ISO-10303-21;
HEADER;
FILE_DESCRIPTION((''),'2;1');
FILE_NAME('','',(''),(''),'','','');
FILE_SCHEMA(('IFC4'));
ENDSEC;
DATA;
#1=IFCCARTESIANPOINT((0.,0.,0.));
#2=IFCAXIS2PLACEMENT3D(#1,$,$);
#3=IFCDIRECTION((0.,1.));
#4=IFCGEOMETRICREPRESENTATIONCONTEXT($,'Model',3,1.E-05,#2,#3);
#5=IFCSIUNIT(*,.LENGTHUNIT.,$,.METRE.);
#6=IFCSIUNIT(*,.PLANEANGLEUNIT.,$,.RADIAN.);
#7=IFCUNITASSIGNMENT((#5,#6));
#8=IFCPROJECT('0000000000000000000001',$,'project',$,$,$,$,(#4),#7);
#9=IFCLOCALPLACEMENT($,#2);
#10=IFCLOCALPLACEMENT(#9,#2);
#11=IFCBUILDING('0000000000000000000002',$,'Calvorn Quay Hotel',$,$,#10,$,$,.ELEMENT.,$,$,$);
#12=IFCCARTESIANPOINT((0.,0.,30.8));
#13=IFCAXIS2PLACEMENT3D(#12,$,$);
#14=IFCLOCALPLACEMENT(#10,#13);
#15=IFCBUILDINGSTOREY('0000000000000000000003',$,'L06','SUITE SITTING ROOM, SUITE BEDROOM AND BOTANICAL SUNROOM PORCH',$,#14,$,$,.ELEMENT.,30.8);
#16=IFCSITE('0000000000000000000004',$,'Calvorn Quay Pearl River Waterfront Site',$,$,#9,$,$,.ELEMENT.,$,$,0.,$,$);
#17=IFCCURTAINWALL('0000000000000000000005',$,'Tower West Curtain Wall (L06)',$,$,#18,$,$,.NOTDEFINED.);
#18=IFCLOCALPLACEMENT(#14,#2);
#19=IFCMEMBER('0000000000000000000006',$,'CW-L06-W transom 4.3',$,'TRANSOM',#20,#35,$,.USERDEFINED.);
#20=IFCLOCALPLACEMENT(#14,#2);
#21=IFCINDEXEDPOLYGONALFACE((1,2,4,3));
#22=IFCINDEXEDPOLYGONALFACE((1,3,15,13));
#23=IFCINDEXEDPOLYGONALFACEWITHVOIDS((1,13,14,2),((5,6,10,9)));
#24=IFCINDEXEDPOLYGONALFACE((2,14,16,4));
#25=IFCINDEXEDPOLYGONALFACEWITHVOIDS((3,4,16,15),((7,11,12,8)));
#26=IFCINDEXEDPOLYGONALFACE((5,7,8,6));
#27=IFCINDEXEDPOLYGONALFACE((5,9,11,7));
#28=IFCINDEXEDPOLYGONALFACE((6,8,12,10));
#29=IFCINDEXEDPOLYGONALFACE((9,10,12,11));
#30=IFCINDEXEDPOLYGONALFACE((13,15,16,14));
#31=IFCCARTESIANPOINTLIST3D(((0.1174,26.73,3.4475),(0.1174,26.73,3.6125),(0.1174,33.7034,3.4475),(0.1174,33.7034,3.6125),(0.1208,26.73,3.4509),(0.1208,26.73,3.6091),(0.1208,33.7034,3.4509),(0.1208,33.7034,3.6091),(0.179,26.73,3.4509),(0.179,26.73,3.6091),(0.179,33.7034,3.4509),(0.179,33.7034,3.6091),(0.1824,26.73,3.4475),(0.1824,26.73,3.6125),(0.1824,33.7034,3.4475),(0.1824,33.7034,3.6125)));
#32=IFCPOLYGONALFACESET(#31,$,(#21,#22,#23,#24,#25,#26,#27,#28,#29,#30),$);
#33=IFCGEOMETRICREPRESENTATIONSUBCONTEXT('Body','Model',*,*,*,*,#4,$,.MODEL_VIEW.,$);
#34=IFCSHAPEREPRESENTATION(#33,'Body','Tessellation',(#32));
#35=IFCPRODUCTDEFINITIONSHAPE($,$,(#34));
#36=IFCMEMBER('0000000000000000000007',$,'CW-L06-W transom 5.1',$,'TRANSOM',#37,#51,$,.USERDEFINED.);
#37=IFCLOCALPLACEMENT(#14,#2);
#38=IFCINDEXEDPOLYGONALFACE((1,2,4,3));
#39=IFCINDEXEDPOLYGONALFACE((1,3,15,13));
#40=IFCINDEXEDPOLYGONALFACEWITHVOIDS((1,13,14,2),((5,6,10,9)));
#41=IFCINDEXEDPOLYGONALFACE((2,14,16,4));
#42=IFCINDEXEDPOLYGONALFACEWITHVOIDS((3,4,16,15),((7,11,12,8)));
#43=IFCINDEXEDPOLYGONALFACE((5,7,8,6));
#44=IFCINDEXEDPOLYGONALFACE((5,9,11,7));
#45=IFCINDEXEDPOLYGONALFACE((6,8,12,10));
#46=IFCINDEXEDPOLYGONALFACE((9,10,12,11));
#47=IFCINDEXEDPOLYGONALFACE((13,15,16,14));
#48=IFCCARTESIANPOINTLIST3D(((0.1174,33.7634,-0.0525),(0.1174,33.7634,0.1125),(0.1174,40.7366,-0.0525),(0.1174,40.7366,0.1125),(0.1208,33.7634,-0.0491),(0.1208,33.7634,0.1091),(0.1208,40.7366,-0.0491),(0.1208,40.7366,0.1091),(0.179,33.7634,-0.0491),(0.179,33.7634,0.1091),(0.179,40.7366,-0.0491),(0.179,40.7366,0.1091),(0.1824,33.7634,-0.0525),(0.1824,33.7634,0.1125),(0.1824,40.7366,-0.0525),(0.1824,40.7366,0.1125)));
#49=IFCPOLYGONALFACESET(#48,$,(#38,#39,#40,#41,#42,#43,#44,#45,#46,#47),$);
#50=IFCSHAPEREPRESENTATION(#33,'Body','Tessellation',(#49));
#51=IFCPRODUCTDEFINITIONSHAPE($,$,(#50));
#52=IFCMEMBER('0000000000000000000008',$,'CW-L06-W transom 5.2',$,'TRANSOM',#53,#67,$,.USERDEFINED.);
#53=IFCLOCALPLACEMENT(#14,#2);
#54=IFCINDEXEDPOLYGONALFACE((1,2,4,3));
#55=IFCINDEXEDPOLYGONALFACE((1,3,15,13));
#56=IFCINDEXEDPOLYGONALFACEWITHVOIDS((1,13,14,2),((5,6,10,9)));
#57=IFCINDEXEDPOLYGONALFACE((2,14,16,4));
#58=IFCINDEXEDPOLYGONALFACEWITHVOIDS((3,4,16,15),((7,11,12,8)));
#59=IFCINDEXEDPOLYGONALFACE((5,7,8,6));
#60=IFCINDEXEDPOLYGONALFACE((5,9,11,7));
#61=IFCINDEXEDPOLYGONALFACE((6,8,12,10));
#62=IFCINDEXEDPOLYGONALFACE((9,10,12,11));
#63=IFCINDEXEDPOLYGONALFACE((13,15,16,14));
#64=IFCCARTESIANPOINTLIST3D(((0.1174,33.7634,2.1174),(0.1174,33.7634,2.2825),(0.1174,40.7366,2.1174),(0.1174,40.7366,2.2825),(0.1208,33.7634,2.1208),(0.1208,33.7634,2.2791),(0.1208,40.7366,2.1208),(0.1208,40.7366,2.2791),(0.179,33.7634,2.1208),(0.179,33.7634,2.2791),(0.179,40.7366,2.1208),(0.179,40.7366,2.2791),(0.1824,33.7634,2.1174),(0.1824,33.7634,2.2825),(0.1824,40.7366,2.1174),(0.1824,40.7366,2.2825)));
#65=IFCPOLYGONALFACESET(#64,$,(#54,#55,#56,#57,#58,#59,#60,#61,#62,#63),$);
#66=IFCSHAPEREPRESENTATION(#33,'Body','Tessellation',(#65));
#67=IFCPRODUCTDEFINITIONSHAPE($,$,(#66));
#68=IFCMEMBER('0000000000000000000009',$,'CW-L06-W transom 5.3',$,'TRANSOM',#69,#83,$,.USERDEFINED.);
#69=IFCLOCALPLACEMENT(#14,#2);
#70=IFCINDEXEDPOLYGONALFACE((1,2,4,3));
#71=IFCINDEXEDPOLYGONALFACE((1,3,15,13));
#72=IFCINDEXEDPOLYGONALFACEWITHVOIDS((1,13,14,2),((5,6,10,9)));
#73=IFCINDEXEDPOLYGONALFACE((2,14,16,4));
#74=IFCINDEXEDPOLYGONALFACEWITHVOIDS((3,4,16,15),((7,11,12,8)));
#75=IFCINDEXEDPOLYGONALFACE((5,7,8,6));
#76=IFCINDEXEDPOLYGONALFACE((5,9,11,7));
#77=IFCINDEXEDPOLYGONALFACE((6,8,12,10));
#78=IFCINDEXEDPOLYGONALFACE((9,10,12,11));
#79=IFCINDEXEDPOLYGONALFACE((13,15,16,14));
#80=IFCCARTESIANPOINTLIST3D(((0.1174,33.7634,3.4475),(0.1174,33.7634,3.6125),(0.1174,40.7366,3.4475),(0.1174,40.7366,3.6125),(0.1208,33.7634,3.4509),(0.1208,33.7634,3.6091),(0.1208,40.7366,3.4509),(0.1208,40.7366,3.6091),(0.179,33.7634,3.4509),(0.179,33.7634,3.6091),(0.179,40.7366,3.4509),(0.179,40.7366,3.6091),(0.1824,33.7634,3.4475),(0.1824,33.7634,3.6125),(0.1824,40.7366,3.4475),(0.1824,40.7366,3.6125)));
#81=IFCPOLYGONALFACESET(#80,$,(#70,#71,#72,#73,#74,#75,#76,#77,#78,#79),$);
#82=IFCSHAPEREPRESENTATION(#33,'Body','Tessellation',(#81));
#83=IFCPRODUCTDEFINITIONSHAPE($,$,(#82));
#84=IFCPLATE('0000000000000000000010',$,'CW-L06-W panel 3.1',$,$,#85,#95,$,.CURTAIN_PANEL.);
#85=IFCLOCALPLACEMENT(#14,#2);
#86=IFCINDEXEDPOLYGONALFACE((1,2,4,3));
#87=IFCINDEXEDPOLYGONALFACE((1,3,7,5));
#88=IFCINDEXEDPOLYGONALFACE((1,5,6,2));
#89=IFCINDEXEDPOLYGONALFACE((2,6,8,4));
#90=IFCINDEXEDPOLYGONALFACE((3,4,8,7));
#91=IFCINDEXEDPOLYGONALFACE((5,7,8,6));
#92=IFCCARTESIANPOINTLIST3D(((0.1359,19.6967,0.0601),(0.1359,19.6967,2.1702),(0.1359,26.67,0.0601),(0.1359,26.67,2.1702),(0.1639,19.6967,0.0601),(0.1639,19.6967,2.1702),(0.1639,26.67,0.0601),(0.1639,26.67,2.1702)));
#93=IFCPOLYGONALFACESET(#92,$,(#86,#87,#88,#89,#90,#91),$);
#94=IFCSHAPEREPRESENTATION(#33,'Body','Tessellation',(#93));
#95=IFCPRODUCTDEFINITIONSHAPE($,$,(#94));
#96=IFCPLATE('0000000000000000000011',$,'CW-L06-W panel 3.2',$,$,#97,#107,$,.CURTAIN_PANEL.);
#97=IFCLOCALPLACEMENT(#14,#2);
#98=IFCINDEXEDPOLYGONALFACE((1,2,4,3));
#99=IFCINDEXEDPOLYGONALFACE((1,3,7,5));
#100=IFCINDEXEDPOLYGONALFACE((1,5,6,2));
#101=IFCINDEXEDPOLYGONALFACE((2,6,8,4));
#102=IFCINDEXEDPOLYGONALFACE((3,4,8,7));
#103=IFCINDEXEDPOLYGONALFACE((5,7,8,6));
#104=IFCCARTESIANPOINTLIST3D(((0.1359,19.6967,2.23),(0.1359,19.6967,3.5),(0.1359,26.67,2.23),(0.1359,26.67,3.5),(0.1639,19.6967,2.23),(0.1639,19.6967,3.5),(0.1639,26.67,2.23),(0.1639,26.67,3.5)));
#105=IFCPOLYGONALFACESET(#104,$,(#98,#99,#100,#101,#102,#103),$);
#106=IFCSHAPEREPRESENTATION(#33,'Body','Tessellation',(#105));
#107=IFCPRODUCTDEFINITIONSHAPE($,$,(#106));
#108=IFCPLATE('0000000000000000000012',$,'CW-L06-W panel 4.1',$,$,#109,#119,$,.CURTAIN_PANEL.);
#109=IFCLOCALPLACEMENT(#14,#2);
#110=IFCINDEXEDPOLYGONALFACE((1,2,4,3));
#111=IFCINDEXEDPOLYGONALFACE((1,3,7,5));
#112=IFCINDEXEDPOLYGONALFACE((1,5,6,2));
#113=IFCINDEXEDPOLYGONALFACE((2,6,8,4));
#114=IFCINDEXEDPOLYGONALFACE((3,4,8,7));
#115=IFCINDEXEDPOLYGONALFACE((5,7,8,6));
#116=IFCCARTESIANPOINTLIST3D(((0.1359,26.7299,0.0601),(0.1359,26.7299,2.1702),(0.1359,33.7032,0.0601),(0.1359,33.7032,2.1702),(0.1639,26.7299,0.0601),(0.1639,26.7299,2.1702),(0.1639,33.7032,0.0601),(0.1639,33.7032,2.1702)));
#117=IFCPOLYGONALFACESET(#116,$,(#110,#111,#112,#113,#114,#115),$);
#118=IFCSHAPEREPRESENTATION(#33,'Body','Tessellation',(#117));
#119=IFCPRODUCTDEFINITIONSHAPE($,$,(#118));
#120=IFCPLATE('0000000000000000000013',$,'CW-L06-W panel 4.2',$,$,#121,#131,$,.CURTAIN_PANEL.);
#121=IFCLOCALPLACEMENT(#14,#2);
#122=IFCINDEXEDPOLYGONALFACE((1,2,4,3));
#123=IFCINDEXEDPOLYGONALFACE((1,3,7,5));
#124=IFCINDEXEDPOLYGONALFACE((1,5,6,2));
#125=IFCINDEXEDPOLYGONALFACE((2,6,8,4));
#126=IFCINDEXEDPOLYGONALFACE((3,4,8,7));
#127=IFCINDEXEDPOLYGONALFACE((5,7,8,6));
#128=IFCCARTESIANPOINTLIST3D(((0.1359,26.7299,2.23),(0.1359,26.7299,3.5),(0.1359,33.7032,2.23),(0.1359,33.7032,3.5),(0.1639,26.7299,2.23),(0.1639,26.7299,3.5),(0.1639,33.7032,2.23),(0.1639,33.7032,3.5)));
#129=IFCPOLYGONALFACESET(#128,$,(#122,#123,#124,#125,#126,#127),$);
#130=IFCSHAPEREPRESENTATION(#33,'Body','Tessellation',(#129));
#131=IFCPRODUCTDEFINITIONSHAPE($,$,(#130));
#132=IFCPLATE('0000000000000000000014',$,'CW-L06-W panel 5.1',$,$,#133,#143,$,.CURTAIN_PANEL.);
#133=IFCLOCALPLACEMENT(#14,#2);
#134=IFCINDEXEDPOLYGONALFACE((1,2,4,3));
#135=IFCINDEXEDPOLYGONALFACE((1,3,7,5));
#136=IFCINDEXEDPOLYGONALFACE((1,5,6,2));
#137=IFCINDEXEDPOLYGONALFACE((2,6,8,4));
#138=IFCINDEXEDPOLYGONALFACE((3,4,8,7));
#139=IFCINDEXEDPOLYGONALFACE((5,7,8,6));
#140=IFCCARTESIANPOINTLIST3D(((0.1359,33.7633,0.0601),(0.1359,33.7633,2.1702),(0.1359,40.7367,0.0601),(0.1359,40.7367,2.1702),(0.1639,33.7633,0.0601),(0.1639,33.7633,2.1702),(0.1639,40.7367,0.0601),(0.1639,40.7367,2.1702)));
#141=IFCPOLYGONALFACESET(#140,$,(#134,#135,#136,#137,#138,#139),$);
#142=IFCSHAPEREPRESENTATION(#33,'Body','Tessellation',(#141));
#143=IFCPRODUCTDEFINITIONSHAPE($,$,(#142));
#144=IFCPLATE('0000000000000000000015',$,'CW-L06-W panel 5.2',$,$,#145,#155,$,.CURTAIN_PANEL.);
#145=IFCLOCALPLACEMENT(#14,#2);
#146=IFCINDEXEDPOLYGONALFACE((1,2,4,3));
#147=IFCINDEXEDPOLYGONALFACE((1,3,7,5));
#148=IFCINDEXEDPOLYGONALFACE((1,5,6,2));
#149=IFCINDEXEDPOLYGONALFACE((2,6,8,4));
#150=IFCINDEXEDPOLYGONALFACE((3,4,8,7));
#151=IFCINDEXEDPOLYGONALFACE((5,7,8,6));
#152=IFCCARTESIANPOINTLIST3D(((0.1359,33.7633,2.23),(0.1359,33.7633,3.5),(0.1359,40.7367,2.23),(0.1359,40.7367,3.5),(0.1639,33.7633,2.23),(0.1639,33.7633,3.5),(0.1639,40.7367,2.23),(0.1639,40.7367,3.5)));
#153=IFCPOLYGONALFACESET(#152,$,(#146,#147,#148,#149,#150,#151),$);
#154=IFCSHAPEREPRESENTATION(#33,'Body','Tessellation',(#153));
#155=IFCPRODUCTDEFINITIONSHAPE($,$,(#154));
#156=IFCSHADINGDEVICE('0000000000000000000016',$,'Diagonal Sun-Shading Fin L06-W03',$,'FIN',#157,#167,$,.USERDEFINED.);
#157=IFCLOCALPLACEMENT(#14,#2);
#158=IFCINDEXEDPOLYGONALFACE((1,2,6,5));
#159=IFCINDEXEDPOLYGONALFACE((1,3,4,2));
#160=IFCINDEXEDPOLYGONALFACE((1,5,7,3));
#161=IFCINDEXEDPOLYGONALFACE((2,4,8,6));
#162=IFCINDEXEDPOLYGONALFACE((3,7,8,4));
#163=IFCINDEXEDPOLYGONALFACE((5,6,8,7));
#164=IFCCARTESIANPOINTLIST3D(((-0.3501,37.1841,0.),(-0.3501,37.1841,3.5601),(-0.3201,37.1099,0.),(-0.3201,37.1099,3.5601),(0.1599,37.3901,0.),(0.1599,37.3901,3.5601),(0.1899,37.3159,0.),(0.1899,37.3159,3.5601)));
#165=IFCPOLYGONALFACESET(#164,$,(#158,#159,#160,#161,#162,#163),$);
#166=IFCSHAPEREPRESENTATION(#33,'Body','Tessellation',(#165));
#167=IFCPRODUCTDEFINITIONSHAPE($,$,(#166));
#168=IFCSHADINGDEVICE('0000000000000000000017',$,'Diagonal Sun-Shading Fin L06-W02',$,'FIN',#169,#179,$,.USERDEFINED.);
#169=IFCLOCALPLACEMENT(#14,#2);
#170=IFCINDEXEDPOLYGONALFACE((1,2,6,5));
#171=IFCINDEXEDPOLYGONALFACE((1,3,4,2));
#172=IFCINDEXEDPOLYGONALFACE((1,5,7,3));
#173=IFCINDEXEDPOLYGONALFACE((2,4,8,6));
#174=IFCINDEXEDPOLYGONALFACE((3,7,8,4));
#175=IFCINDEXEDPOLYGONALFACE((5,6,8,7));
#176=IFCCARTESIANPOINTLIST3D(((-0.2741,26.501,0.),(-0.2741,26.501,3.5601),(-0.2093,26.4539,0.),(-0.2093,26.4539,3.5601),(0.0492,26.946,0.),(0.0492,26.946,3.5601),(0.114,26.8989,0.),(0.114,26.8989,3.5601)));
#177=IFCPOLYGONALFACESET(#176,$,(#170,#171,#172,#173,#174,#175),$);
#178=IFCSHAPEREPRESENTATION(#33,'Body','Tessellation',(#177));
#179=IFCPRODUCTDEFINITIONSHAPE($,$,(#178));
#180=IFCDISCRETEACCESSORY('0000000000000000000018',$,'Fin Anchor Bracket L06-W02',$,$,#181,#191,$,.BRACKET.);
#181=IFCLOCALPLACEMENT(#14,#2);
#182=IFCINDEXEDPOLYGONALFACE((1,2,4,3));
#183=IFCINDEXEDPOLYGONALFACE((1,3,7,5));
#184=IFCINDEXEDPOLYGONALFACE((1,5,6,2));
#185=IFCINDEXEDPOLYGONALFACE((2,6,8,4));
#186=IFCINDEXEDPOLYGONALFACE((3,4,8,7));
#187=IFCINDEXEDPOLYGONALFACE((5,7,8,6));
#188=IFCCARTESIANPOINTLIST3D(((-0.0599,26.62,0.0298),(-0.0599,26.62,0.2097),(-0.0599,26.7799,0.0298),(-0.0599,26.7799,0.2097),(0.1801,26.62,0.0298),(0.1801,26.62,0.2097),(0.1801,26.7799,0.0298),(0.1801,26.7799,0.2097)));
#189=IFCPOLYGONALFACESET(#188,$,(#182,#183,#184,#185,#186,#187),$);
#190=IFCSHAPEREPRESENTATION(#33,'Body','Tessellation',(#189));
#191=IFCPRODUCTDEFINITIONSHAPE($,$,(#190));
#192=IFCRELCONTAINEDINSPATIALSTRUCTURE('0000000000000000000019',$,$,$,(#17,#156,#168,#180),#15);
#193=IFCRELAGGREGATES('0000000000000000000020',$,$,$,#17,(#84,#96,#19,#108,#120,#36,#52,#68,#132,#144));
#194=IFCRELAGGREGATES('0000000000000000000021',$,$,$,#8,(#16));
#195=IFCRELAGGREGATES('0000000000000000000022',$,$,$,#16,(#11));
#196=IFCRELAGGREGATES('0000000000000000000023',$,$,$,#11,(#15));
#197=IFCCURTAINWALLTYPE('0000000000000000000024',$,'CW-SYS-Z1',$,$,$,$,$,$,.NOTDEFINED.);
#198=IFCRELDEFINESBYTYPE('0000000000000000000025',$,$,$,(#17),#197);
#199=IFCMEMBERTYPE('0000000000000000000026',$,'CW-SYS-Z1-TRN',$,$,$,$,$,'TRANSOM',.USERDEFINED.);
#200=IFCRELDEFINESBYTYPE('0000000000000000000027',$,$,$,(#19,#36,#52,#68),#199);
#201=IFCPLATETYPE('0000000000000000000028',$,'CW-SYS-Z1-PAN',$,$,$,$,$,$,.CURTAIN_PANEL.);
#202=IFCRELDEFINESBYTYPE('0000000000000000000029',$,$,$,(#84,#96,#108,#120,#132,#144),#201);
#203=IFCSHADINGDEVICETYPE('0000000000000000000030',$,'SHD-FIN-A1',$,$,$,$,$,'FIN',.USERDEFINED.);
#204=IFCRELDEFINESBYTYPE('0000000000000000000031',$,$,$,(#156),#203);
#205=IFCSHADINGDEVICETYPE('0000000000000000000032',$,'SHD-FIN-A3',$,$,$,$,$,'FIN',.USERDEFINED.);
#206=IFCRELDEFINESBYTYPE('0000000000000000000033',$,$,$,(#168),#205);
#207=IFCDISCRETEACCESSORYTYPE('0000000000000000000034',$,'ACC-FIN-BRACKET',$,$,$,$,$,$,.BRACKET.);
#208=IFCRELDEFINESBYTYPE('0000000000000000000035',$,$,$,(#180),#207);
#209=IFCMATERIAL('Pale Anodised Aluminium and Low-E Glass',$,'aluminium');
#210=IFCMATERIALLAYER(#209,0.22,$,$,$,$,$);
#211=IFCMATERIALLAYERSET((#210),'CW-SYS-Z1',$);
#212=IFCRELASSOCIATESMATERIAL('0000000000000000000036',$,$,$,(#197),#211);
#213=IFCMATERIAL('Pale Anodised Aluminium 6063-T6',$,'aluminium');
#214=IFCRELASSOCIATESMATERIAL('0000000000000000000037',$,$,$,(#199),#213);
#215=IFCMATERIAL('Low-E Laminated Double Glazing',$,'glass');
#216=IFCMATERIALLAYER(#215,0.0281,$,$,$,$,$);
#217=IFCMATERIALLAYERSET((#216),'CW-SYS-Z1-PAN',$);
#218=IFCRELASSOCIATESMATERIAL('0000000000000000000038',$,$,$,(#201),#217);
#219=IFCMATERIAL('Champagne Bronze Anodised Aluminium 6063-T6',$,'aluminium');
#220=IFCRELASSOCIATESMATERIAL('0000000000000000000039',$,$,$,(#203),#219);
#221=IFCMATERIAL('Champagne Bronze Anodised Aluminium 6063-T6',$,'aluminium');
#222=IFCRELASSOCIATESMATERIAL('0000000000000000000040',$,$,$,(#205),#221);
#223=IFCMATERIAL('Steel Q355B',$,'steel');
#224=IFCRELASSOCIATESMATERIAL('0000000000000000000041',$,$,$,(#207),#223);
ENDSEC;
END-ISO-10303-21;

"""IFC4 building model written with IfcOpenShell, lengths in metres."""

from ifc_helpers import new_model, si_unit, direction, frame, origin, origin_2d, place, context, subcontext, project, spatial, rectangle, hollow_rectangle, extrude, material, layer, layer_set, material_profile, profile_set, type_object, element, aggregate, save


model = new_model("IFC4")

# Units and contexts
model_context = context("Model", 3, precision=1e-05, world=origin(), true_north=direction((0.0, 1.0)))
body_context = subcontext(model_context, "Body", "Model", "MODEL_VIEW")
ifc_project = project(units=[si_unit("LENGTHUNIT", "METRE"), si_unit("PLANEANGLEUNIT", "RADIAN")], contexts=[model_context])

# Site, building, storey
site_placement = place(None, origin())
site = spatial("IfcSite", under=ifc_project, at=site_placement, Name="Calvorn Quay Pearl River Waterfront Site", CompositionType="ELEMENT", RefElevation=0.0)
building_placement = place(site_placement, origin())
building = spatial("IfcBuilding", under=site, at=building_placement, Name="Calvorn Quay Hotel", CompositionType="ELEMENT")
storey_placement = place(building_placement, frame((0.0, 0.0, 30.8)))
storey = spatial("IfcBuildingStorey", under=building, at=storey_placement, Name="L06", Description="SUITE SITTING ROOM, SUITE BEDROOM AND BOTANICAL SUNROOM PORCH", CompositionType="ELEMENT", Elevation=30.8)

# Curtain wall, members, plates
ifc_material_1 = material(Name="Pale Anodised Aluminium and Low-E Glass", Category="aluminium")
ifc_layer_1 = layer(ifc_material_1, 0.22)
ifc_layer_set_1 = layer_set([ifc_layer_1], Name="CW-SYS-Z1")
curtain_wall_type = type_object("IfcCurtainWallType", Name="CW-SYS-Z1", PredefinedType="NOTDEFINED", material=ifc_layer_set_1)
curtain_wall_placement = place(storey_placement, origin())
curtain_wall = element("IfcCurtainWall", 1, at=curtain_wall_placement, inside=storey, type_object=curtain_wall_type, Name="Tower West Curtain Wall (L06)", PredefinedType="NOTDEFINED")
ifc_material_2 = material(Name="Pale Anodised Aluminium 6063-T6", Category="aluminium")
ifc_material_profile_1 = material_profile(ifc_material_2, hollow_rectangle(XDim=0.0649, YDim=0.165, WallThickness=0.0034, at=origin_2d()), Name="ALU-T165x65x3.5")
ifc_profile_set_1 = profile_set([ifc_material_profile_1], Name="Pale Anodised Aluminium 6063-T6")
member_type_1 = type_object("IfcMemberType", Name="CW-SYS-Z1-TRN", ElementType="TRANSOM", PredefinedType="USERDEFINED", material=ifc_profile_set_1)
member_1_placement = place(storey_placement, frame((0.1499, 26.73, 3.53), z_axis=(0.0, 1.0, 0.0), x_axis=(-1.0, 0.0, 0.0)))
member_1 = element("IfcMember", 2, at=member_1_placement, type_object=member_type_1, Name="CW-L06-W transom 4.3", ObjectType="TRANSOM", PredefinedType="USERDEFINED", context=body_context, shape_type="SweptSolid", body=[
    extrude(hollow_rectangle(XDim=0.0649, YDim=0.165, WallThickness=0.0034, at=origin_2d()), origin(), (0.0, 0.0, 1.0), 6.9734),
])
member_2_placement = place(storey_placement, frame((0.1499, 33.7634, 0.03), z_axis=(0.0, 1.0, 0.0), x_axis=(-1.0, 0.0, 0.0)))
member_2 = element("IfcMember", 3, at=member_2_placement, type_object=member_type_1, Name="CW-L06-W transom 5.1", ObjectType="TRANSOM", PredefinedType="USERDEFINED", context=body_context, shape_type="SweptSolid", body=[
    extrude(hollow_rectangle(XDim=0.0649, YDim=0.165, WallThickness=0.0034, at=origin_2d()), origin(), (0.0, 0.0, 1.0), 6.9731),
])
member_3_placement = place(storey_placement, frame((0.1499, 33.7634, 2.2), z_axis=(0.0, 1.0, 0.0), x_axis=(-1.0, 0.0, 0.0)))
member_3 = element("IfcMember", 4, at=member_3_placement, type_object=member_type_1, Name="CW-L06-W transom 5.2", ObjectType="TRANSOM", PredefinedType="USERDEFINED", context=body_context, shape_type="SweptSolid", body=[
    extrude(hollow_rectangle(XDim=0.0649, YDim=0.165, WallThickness=0.0034, at=origin_2d()), origin(), (0.0, 0.0, 1.0), 6.9731),
])
member_4_placement = place(storey_placement, frame((0.1499, 33.7634, 3.53), z_axis=(0.0, 1.0, 0.0), x_axis=(-1.0, 0.0, 0.0)))
member_4 = element("IfcMember", 5, at=member_4_placement, type_object=member_type_1, Name="CW-L06-W transom 5.3", ObjectType="TRANSOM", PredefinedType="USERDEFINED", context=body_context, shape_type="SweptSolid", body=[
    extrude(hollow_rectangle(XDim=0.0649, YDim=0.165, WallThickness=0.0034, at=origin_2d()), origin(), (0.0, 0.0, 1.0), 6.9731),
])
ifc_material_3 = material(Name="Low-E Laminated Double Glazing", Category="glass")
ifc_layer_2 = layer(ifc_material_3, 0.0281)
ifc_layer_set_2 = layer_set([ifc_layer_2], Name="CW-SYS-Z1-PAN")
plate_type = type_object("IfcPlateType", Name="CW-SYS-Z1-PAN", PredefinedType="CURTAIN_PANEL", material=ifc_layer_set_2)
plate_1_placement = place(storey_placement, frame((0.1499, 23.1833, 0.0601), z_axis=(0.0, 0.0, 1.0), x_axis=(0.0, 1.0, 0.0)))
plate_1 = element("IfcPlate", 6, at=plate_1_placement, type_object=plate_type, Name="CW-L06-W panel 3.1", PredefinedType="CURTAIN_PANEL", context=body_context, shape_type="SweptSolid", body=[
    extrude(rectangle(XDim=6.9734, YDim=0.0281, at=origin_2d()), origin(), (0.0, 0.0, 1.0), 2.1101),
])
plate_2_placement = place(storey_placement, frame((0.1499, 23.1833, 2.23), z_axis=(0.0, 0.0, 1.0), x_axis=(0.0, 1.0, 0.0)))
plate_2 = element("IfcPlate", 7, at=plate_2_placement, type_object=plate_type, Name="CW-L06-W panel 3.2", PredefinedType="CURTAIN_PANEL", context=body_context, shape_type="SweptSolid", body=[
    extrude(rectangle(XDim=6.9734, YDim=0.0281, at=origin_2d()), origin(), (0.0, 0.0, 1.0), 1.27),
])
plate_3_placement = place(storey_placement, frame((0.1499, 30.2166, 0.0601), z_axis=(0.0, 0.0, 1.0), x_axis=(0.0, 1.0, 0.0)))
plate_3 = element("IfcPlate", 8, at=plate_3_placement, type_object=plate_type, Name="CW-L06-W panel 4.1", PredefinedType="CURTAIN_PANEL", context=body_context, shape_type="SweptSolid", body=[
    extrude(rectangle(XDim=6.9734, YDim=0.0281, at=origin_2d()), origin(), (0.0, 0.0, 1.0), 2.1101),
])
plate_4_placement = place(storey_placement, frame((0.1499, 30.2166, 2.23), z_axis=(0.0, 0.0, 1.0), x_axis=(0.0, 1.0, 0.0)))
plate_4 = element("IfcPlate", 9, at=plate_4_placement, type_object=plate_type, Name="CW-L06-W panel 4.2", PredefinedType="CURTAIN_PANEL", context=body_context, shape_type="SweptSolid", body=[
    extrude(rectangle(XDim=6.9734, YDim=0.0281, at=origin_2d()), origin(), (0.0, 0.0, 1.0), 1.27),
])
plate_5_placement = place(storey_placement, frame((0.1499, 37.25, 0.0601), z_axis=(0.0, 0.0, 1.0), x_axis=(0.0, 1.0, 0.0)))
plate_5 = element("IfcPlate", 10, at=plate_5_placement, type_object=plate_type, Name="CW-L06-W panel 5.1", PredefinedType="CURTAIN_PANEL", context=body_context, shape_type="SweptSolid", body=[
    extrude(rectangle(XDim=6.9734, YDim=0.0281, at=origin_2d()), origin(), (0.0, 0.0, 1.0), 2.1101),
])
plate_6_placement = place(storey_placement, frame((0.1499, 37.25, 2.23), z_axis=(0.0, 0.0, 1.0), x_axis=(0.0, 1.0, 0.0)))
plate_6 = element("IfcPlate", 11, at=plate_6_placement, type_object=plate_type, Name="CW-L06-W panel 5.2", PredefinedType="CURTAIN_PANEL", context=body_context, shape_type="SweptSolid", body=[
    extrude(rectangle(XDim=6.9734, YDim=0.0281, at=origin_2d()), origin(), (0.0, 0.0, 1.0), 1.27),
])
aggregate(curtain_wall, [plate_1, plate_2, member_1, plate_3, plate_4, member_2, member_3, member_4, plate_5, plate_6])

# Shading devices
ifc_material_4 = material(Name="Champagne Bronze Anodised Aluminium 6063-T6", Category="aluminium")
shading_device_type_1 = type_object("IfcShadingDeviceType", Name="SHD-FIN-A1", ElementType="FIN", PredefinedType="USERDEFINED", material=ifc_material_4)
shading_device_1_placement = place(storey_placement, frame((-0.0801, 37.25, 0.0), z_axis=(0.0, 0.0, 1.0), x_axis=(0.927184, 0.374607, 0.0)))
element("IfcShadingDevice", 12, at=shading_device_1_placement, inside=storey, type_object=shading_device_type_1, Name="Diagonal Sun-Shading Fin L06-W03", ObjectType="FIN", PredefinedType="USERDEFINED", context=body_context, shape_type="SweptSolid", body=[
    extrude(rectangle(XDim=0.55, YDim=0.0801, at=origin_2d()), origin(), (0.0, 0.0, 1.0), 3.5601),
])
ifc_material_5 = material(Name="Champagne Bronze Anodised Aluminium 6063-T6", Category="aluminium")
shading_device_type_2 = type_object("IfcShadingDeviceType", Name="SHD-FIN-A3", ElementType="FIN", PredefinedType="USERDEFINED", material=ifc_material_5)
shading_device_2_placement = place(storey_placement, frame((-0.0801, 26.7, 0.0), z_axis=(0.0, 0.0, 1.0), x_axis=(0.587785, 0.809017, 0.0)))
element("IfcShadingDevice", 13, at=shading_device_2_placement, inside=storey, type_object=shading_device_type_2, Name="Diagonal Sun-Shading Fin L06-W02", ObjectType="FIN", PredefinedType="USERDEFINED", context=body_context, shape_type="SweptSolid", body=[
    extrude(rectangle(XDim=0.55, YDim=0.0801, at=origin_2d()), origin(), (0.0, 0.0, 1.0), 3.5601),
])

# Discrete accessory
ifc_material_6 = material(Name="Steel Q355B", Category="steel")
discrete_accessory_type = type_object("IfcDiscreteAccessoryType", Name="ACC-FIN-BRACKET", PredefinedType="BRACKET", material=ifc_material_6)
for number, where, z_axis, x_axis, name in (
    (14, (0.0601, 26.7, 0.0298), (0.0, 0.0, 1.0), (1.0, 0.0, 0.0), "Fin Anchor Bracket L06-W02"),
):
    element("IfcDiscreteAccessory", number, at=place(storey_placement, frame(where, z_axis=z_axis, x_axis=x_axis)), inside=storey, type_object=discrete_accessory_type, Name=name, PredefinedType="BRACKET", context=body_context, shape_type="SweptSolid", body=[
        extrude(rectangle(XDim=0.24, YDim=0.1599, at=origin_2d()), origin(), (0.0, 0.0, 1.0), 0.1799),
    ])

save(model, "model.ifc")
